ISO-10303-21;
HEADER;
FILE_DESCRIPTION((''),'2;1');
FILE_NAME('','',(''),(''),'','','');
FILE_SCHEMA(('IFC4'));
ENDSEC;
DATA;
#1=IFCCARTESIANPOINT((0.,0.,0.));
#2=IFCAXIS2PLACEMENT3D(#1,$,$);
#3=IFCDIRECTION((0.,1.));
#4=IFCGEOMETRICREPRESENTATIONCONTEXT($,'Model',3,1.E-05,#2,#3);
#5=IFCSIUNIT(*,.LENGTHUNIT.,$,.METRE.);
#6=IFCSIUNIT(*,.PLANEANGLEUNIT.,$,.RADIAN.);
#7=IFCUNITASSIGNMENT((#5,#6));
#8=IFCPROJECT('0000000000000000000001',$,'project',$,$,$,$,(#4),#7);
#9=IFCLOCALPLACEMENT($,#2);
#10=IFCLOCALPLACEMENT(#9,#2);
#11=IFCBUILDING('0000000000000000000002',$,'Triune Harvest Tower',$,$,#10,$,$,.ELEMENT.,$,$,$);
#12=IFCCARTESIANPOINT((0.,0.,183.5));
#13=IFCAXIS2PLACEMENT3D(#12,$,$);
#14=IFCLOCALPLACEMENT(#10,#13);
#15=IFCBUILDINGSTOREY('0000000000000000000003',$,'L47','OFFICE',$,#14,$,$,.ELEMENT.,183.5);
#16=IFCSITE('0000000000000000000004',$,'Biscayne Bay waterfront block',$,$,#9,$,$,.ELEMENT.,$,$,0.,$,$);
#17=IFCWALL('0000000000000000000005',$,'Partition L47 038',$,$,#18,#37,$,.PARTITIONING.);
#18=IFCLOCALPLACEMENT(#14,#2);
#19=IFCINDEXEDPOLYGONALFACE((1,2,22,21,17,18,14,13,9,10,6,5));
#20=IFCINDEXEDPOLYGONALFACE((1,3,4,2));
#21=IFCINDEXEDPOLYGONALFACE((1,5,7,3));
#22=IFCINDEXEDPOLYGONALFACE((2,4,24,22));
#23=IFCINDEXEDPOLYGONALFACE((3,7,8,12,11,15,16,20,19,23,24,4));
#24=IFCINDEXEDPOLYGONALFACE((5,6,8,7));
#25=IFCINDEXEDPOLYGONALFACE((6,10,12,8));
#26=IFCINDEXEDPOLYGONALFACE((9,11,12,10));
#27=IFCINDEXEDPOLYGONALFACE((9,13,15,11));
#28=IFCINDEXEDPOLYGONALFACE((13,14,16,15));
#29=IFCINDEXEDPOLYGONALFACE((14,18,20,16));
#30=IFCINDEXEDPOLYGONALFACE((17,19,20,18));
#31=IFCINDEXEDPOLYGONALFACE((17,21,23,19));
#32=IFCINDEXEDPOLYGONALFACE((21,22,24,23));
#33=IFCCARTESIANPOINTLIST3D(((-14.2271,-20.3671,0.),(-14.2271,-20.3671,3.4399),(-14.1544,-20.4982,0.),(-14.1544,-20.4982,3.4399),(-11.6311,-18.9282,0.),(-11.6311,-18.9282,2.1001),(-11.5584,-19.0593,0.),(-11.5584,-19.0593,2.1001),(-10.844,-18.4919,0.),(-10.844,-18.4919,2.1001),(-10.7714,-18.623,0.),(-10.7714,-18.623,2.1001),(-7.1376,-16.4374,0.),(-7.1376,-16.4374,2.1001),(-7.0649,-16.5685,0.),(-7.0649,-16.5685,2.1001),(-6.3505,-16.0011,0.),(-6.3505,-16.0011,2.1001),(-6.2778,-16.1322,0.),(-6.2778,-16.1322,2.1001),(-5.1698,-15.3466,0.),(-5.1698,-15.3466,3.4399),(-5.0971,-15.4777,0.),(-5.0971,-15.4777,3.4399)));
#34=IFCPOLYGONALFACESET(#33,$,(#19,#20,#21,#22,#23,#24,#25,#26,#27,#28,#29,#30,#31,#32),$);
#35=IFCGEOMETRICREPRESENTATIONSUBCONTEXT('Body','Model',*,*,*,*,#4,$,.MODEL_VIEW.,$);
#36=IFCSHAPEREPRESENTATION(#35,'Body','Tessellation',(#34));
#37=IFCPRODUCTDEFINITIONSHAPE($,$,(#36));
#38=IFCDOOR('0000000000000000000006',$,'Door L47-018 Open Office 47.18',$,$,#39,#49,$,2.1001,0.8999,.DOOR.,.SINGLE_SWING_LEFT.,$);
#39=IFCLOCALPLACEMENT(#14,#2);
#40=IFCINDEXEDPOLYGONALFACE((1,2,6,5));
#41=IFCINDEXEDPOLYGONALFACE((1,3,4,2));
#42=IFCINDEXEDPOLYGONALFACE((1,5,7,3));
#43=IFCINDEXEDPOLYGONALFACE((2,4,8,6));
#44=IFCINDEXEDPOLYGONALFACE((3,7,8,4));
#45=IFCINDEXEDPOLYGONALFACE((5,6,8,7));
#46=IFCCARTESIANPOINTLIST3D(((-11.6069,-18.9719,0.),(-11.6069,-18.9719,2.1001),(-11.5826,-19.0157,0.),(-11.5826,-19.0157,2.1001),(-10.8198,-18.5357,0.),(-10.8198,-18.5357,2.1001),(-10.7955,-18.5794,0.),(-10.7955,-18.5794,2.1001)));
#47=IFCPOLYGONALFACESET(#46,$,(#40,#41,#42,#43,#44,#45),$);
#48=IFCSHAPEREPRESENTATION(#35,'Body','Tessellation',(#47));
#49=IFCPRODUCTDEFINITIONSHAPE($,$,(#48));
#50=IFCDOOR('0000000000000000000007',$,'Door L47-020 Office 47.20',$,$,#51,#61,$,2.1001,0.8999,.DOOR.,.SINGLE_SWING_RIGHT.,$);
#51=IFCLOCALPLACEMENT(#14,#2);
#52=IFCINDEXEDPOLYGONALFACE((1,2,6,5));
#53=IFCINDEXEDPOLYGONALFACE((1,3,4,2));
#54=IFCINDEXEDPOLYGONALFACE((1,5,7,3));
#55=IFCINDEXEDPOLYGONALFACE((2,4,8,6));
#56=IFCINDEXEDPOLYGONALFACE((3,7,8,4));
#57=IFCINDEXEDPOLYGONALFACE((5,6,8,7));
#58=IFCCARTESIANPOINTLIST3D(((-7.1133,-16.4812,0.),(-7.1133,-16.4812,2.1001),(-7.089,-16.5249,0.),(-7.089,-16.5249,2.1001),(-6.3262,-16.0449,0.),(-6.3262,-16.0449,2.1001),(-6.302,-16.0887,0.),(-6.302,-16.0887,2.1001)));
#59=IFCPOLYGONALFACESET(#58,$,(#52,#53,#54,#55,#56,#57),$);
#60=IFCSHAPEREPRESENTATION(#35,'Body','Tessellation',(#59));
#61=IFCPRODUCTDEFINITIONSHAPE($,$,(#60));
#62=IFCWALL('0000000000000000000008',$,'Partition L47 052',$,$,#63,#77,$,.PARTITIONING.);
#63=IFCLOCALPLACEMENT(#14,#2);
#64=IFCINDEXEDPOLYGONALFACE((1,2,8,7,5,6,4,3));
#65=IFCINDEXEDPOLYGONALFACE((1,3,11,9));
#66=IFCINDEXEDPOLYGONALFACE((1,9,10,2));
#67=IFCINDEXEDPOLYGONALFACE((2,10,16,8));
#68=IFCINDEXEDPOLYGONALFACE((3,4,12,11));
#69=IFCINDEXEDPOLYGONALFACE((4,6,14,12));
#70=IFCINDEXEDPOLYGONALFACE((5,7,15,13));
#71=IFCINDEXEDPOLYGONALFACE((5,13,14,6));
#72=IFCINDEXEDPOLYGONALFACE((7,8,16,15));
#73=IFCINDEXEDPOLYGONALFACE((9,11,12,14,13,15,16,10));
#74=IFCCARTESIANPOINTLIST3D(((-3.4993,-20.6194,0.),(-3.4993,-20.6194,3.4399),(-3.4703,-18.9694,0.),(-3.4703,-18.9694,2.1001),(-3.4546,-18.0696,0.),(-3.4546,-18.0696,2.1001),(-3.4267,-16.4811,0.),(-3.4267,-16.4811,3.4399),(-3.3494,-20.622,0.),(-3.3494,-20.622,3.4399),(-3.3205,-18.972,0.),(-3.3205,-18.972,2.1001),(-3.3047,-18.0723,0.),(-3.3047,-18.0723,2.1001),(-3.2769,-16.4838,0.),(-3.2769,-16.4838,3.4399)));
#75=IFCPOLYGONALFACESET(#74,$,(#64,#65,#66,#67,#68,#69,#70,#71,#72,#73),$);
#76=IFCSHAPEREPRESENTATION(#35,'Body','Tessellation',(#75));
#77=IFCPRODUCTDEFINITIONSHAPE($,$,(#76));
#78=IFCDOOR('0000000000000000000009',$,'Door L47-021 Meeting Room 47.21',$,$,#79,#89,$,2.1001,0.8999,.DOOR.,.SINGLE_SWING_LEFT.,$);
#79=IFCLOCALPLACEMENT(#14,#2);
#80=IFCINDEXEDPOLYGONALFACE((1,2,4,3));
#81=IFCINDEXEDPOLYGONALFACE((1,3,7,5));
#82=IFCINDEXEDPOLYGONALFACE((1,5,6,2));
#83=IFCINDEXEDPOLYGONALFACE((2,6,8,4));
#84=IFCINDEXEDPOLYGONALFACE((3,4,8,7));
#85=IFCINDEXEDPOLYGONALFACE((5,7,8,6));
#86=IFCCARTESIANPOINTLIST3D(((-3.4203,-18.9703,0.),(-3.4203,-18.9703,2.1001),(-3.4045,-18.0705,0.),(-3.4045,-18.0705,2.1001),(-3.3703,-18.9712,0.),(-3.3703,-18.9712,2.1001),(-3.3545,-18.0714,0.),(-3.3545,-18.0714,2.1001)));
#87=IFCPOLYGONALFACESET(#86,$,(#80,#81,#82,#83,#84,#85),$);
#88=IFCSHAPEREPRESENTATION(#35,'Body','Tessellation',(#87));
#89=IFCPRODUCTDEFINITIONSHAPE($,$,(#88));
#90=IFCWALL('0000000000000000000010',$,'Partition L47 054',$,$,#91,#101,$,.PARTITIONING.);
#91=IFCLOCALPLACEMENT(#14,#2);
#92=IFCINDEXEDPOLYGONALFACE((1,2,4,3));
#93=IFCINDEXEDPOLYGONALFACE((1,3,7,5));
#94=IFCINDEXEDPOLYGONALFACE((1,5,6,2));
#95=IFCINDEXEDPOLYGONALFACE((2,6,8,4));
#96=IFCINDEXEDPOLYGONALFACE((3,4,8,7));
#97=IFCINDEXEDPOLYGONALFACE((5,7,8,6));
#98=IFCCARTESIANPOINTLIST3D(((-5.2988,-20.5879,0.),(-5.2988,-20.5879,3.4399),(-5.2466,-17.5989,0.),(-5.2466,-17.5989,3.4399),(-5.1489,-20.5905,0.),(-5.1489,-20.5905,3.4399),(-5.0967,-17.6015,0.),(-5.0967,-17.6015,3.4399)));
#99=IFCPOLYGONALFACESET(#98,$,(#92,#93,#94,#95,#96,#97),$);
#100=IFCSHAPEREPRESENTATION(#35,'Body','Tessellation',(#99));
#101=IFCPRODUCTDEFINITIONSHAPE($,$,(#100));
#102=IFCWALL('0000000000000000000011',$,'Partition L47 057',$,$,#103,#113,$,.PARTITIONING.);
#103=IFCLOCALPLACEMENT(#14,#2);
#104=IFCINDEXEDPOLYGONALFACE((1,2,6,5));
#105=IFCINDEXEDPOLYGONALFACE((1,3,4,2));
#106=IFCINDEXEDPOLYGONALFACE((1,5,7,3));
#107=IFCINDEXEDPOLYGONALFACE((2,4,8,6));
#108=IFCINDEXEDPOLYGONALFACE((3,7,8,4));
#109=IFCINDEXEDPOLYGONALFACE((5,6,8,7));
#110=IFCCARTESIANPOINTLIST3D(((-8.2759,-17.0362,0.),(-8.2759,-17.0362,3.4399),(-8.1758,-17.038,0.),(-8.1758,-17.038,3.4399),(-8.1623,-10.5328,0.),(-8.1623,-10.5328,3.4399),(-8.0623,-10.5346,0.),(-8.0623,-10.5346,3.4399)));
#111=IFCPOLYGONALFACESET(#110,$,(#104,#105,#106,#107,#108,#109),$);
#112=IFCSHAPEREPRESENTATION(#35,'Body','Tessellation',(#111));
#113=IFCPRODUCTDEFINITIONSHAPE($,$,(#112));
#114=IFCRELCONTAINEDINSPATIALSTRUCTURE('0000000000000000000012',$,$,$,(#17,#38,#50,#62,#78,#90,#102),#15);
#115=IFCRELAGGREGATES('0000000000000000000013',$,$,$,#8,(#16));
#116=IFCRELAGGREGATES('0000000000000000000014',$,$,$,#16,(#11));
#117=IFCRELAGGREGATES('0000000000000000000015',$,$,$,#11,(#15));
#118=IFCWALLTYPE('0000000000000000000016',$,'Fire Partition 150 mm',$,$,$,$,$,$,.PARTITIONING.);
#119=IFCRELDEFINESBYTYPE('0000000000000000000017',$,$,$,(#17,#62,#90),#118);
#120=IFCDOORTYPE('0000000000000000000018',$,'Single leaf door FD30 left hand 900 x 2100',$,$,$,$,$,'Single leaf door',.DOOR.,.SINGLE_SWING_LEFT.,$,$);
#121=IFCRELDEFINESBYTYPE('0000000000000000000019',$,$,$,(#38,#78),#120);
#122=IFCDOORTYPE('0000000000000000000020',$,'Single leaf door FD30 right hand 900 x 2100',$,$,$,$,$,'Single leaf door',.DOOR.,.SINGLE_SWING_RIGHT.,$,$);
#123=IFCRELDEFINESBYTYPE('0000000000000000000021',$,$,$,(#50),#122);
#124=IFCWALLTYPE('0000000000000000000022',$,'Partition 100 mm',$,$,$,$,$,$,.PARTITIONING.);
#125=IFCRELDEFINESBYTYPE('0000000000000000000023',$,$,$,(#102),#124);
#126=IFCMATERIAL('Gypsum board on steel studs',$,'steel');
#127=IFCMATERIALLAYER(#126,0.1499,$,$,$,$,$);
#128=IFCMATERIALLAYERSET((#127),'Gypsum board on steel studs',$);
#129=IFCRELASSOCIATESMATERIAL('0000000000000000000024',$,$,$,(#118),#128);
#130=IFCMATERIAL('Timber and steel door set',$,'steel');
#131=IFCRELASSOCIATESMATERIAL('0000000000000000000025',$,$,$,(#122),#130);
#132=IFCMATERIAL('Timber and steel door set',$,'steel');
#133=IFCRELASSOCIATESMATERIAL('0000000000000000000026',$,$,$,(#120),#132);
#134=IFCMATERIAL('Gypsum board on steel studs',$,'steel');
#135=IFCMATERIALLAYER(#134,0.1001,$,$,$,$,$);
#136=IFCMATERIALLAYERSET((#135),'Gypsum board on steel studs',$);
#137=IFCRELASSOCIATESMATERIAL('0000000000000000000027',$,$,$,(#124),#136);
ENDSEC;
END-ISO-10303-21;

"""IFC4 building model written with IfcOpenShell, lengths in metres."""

from ifc_helpers import new_model, si_unit, direction, frame, frame_2d, origin, place, context, subcontext, project, spatial, rectangle, extrude, source, transform, mapped, material, layer, layer_set, type_object, element, fill, save


model = new_model("IFC4")

# Units and contexts
model_context = context("Model", 3, precision=1e-05, world=origin(), true_north=direction((0.0, 1.0)))
body_context = subcontext(model_context, "Body", "Model", "MODEL_VIEW")
ifc_project = project(units=[si_unit("LENGTHUNIT", "METRE"), si_unit("PLANEANGLEUNIT", "RADIAN")], contexts=[model_context])

# Site, building, storey
site_placement = place(None, origin())
site = spatial("IfcSite", under=ifc_project, at=site_placement, Name="Biscayne Bay waterfront block", CompositionType="ELEMENT", RefElevation=0.0)
building_placement = place(site_placement, origin())
building = spatial("IfcBuilding", under=site, at=building_placement, Name="Triune Harvest Tower", CompositionType="ELEMENT")
storey_placement = place(building_placement, frame((0.0, 0.0, 183.5)))
storey = spatial("IfcBuildingStorey", under=building, at=storey_placement, Name="L47", Description="OFFICE", CompositionType="ELEMENT", Elevation=183.5)

# Shared definitions
ifc_material_1 = material(Name="Gypsum board on steel studs", Category="steel")
ifc_layer_1 = layer(ifc_material_1, 0.1499)
ifc_layer_set_1 = layer_set([ifc_layer_1], Name="Gypsum board on steel studs")
wall_type_1 = type_object("IfcWallType", Name="Fire Partition 150 mm", PredefinedType="PARTITIONING", material=ifc_layer_set_1)

# Shared definitions
ifc_material_2 = material(Name="Timber and steel door set", Category="steel")
door_type_1 = type_object("IfcDoorType", Name="Single leaf door FD30 right hand 900 x 2100", ElementType="Single leaf door", OperationType="SINGLE_SWING_RIGHT", PredefinedType="DOOR", material=ifc_material_2)

# Wall, openings, doors
shared_shape_1 = source(origin(), body_context, "Body", "SweptSolid", [
    extrude(rectangle(XDim=10.3557, YDim=0.1499, at=frame_2d((5.1777, 0.0))), origin(), (0.0, 0.0, 1.0), 3.4399),
])
wall_1_placement = place(storey_placement, frame((-14.1907, -20.4326, 0.0), z_axis=(0.0, 0.0, 1.0), x_axis=(0.874623, 0.484804, 0.0)))
wall_1 = element("IfcWall", 1, at=wall_1_placement, inside=storey, type_object=wall_type_1, Name="Partition L47 038", PredefinedType="PARTITIONING", context=body_context, shape_type="MappedRepresentation", body=[
    mapped(shared_shape_1, transform((0.0, 0.0, 0.0), scale=1.0)),
])
opening_1_placement = place(wall_1_placement, frame((2.968, 0.0, 0.0)))
opening_1 = element("IfcOpeningElement", 2, at=opening_1_placement, cuts=wall_1, PredefinedType="OPENING", context=body_context, shape_type="SweptSolid", body=[
    extrude(rectangle(XDim=0.8999, YDim=2.1001, at=frame_2d((0.45, 1.05))), frame((0.0, 0.085, 0.0), z_axis=(0.0, -1.0, 0.0), x_axis=(1.0, 0.0, 0.0)), (0.0, 0.0, 1.0), 0.1699),
])
opening_2_placement = place(wall_1_placement, frame((8.1057, 0.0, 0.0)))
opening_2 = element("IfcOpeningElement", 3, at=opening_2_placement, cuts=wall_1, PredefinedType="OPENING", context=body_context, shape_type="SweptSolid", body=[
    extrude(rectangle(XDim=0.8999, YDim=2.1001, at=frame_2d((0.45, 1.05))), frame((0.0, 0.085, 0.0), z_axis=(0.0, -1.0, 0.0), x_axis=(1.0, 0.0, 0.0)), (0.0, 0.0, 1.0), 0.1699),
])
ifc_material_3 = material(Name="Timber and steel door set", Category="steel")
door_type_2 = type_object("IfcDoorType", Name="Single leaf door FD30 left hand 900 x 2100", ElementType="Single leaf door", OperationType="SINGLE_SWING_LEFT", PredefinedType="DOOR", material=ifc_material_3)
door_1_placement = place(opening_1_placement, origin())
door_1 = element("IfcDoor", 4, at=door_1_placement, inside=storey, type_object=door_type_2, Name="Door L47-018 Open Office 47.18", OperationType="SINGLE_SWING_LEFT", OverallHeight=2.1001, OverallWidth=0.8999, PredefinedType="DOOR", context=body_context, shape_type="SweptSolid", body=[
    extrude(rectangle(XDim=0.8999, YDim=2.1001, at=frame_2d((0.45, 1.05))), frame((0.0, 0.0249, 0.0), z_axis=(0.0, -1.0, 0.0), x_axis=(1.0, 0.0, 0.0)), (0.0, 0.0, 1.0), 0.05),
])
fill(opening_1, door_1)
door_2_placement = place(opening_2_placement, origin())
door_2 = element("IfcDoor", 5, at=door_2_placement, inside=storey, type_object=door_type_1, Name="Door L47-020 Office 47.20", OperationType="SINGLE_SWING_RIGHT", OverallHeight=2.1001, OverallWidth=0.8999, PredefinedType="DOOR", context=body_context, shape_type="SweptSolid", body=[
    extrude(rectangle(XDim=0.8999, YDim=2.1001, at=frame_2d((0.45, 1.05))), frame((0.0, 0.0249, 0.0), z_axis=(0.0, -1.0, 0.0), x_axis=(1.0, 0.0, 0.0)), (0.0, 0.0, 1.0), 0.05),
])
fill(opening_2, door_2)

# Wall, opening, door
shared_shape_2 = source(origin(), body_context, "Body", "SweptSolid", [
    extrude(rectangle(XDim=4.1389, YDim=0.1499, at=frame_2d((2.0693, 0.0))), origin(), (0.0, 0.0, 1.0), 3.4399),
])
wall_2_placement = place(storey_placement, frame((-3.4243, -20.6206, 0.0), z_axis=(0.0, 0.0, 1.0), x_axis=(0.017519, 0.999847, 0.0)))
wall_2 = element("IfcWall", 6, at=wall_2_placement, inside=storey, type_object=wall_type_1, Name="Partition L47 052", PredefinedType="PARTITIONING", context=body_context, shape_type="MappedRepresentation", body=[
    mapped(shared_shape_2, transform((0.0, 0.0, 0.0), scale=1.0)),
])
opening_3_placement = place(wall_2_placement, frame((1.6501, 0.0, 0.0)))
opening_3 = element("IfcOpeningElement", 7, at=opening_3_placement, cuts=wall_2, PredefinedType="OPENING", context=body_context, shape_type="SweptSolid", body=[
    extrude(rectangle(XDim=0.8999, YDim=2.1001, at=frame_2d((0.45, 1.05))), frame((0.0, 0.085, 0.0), z_axis=(0.0, -1.0, 0.0), x_axis=(1.0, 0.0, 0.0)), (0.0, 0.0, 1.0), 0.1699),
])
door_3_placement = place(opening_3_placement, origin())
door_3 = element("IfcDoor", 8, at=door_3_placement, inside=storey, type_object=door_type_2, Name="Door L47-021 Meeting Room 47.21", OperationType="SINGLE_SWING_LEFT", OverallHeight=2.1001, OverallWidth=0.8999, PredefinedType="DOOR", context=body_context, shape_type="SweptSolid", body=[
    extrude(rectangle(XDim=0.8999, YDim=2.1001, at=frame_2d((0.45, 1.05))), frame((0.0, 0.0249, 0.0), z_axis=(0.0, -1.0, 0.0), x_axis=(1.0, 0.0, 0.0)), (0.0, 0.0, 1.0), 0.05),
])
fill(opening_3, door_3)

# Walls
shared_shape_3 = source(origin(), body_context, "Body", "SweptSolid", [
    extrude(rectangle(XDim=2.9895, YDim=0.1499, at=frame_2d((1.4946, 0.0))), origin(), (0.0, 0.0, 1.0), 3.4399),
])
wall_3_placement = place(storey_placement, frame((-5.2239, -20.5891, 0.0), z_axis=(0.0, 0.0, 1.0), x_axis=(0.017477, 0.999847, 0.0)))
element("IfcWall", 9, at=wall_3_placement, inside=storey, type_object=wall_type_1, Name="Partition L47 054", PredefinedType="PARTITIONING", context=body_context, shape_type="MappedRepresentation", body=[
    mapped(shared_shape_3, transform((0.0, 0.0, 0.0), scale=1.0)),
])
ifc_material_4 = material(Name="Gypsum board on steel studs", Category="steel")
ifc_layer_2 = layer(ifc_material_4, 0.1001)
ifc_layer_set_2 = layer_set([ifc_layer_2], Name="Gypsum board on steel studs")
wall_type_2 = type_object("IfcWallType", Name="Partition 100 mm", PredefinedType="PARTITIONING", material=ifc_layer_set_2)
shared_shape_4 = source(origin(), body_context, "Body", "SweptSolid", [
    extrude(rectangle(XDim=6.5044, YDim=0.1001, at=frame_2d((3.2522, 0.0))), origin(), (0.0, 0.0, 1.0), 3.4399),
])
wall_4_placement = place(storey_placement, frame((-8.2258, -17.0371, 0.0), z_axis=(0.0, 0.0, 1.0), x_axis=(0.017454, 0.999848, 0.0)))
element("IfcWall", 10, at=wall_4_placement, inside=storey, type_object=wall_type_2, Name="Partition L47 057", PredefinedType="PARTITIONING", context=body_context, shape_type="MappedRepresentation", body=[
    mapped(shared_shape_4, transform((0.0, 0.0, 0.0), scale=1.0)),
])

save(model, "model.ifc")
